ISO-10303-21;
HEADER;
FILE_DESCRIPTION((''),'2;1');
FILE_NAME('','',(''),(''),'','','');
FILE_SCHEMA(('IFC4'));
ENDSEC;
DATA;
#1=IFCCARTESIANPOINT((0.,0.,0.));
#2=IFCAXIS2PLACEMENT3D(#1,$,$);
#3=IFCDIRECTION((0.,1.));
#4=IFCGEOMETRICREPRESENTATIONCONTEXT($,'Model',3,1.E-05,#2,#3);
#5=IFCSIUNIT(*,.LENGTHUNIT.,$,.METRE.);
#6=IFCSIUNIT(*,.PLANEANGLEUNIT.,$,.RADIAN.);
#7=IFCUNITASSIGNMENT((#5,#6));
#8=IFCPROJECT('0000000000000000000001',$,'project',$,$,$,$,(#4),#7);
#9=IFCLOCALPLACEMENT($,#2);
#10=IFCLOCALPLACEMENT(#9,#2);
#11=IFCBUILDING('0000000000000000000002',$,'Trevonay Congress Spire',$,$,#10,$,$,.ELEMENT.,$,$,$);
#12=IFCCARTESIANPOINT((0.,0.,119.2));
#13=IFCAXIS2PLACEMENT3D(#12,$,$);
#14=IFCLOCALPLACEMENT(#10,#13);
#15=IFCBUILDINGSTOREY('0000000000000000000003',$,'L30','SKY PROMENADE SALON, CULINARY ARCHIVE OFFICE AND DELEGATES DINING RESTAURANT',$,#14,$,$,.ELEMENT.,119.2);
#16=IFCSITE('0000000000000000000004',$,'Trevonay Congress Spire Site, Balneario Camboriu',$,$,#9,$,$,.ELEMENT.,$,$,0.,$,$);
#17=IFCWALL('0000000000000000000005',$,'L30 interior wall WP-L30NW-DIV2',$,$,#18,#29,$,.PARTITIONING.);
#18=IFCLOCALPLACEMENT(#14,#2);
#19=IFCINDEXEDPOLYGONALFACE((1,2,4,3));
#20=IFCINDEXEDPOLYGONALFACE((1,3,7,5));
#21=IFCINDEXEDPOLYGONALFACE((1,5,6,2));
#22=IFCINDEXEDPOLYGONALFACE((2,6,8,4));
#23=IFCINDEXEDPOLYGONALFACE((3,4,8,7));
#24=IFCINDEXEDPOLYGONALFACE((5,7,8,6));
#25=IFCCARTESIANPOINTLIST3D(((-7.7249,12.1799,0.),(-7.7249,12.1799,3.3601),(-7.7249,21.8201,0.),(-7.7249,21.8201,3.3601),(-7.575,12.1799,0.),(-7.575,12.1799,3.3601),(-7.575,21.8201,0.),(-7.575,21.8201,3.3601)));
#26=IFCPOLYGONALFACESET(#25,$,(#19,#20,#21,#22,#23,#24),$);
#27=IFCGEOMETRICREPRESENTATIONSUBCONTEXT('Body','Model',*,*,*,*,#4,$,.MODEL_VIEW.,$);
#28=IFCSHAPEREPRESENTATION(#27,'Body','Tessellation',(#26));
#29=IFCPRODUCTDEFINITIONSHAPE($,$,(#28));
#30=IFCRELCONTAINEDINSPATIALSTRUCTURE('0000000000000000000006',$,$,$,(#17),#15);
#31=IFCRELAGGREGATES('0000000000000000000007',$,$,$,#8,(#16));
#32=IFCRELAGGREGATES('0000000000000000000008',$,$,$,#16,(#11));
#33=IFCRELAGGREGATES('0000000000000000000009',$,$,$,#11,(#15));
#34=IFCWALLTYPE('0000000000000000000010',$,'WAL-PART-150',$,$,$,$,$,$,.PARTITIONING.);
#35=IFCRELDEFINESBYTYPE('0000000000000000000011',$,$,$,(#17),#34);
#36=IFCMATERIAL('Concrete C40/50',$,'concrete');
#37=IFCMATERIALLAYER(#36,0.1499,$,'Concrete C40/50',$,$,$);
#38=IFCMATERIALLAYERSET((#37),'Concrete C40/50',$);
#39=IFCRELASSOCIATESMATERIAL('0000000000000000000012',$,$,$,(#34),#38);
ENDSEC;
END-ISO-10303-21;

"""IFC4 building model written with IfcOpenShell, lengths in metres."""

from ifc_helpers import new_model, si_unit, direction, frame, frame_2d, origin, place, context, subcontext, project, spatial, rectangle, extrude, material, layer, layer_set, type_object, element, save


model = new_model("IFC4")

# Units and contexts
model_context = context("Model", 3, precision=1e-05, world=origin(), true_north=direction((0.0, 1.0)))
body_context = subcontext(model_context, "Body", "Model", "MODEL_VIEW")
ifc_project = project(units=[si_unit("LENGTHUNIT", "METRE"), si_unit("PLANEANGLEUNIT", "RADIAN")], contexts=[model_context])

# Site, building, storey
site_placement = place(None, origin())
site = spatial("IfcSite", under=ifc_project, at=site_placement, Name="Trevonay Congress Spire Site, Balneario Camboriu", CompositionType="ELEMENT", RefElevation=0.0)
building_placement = place(site_placement, origin())
building = spatial("IfcBuilding", under=site, at=building_placement, Name="Trevonay Congress Spire", CompositionType="ELEMENT")
storey_placement = place(building_placement, frame((0.0, 0.0, 119.2)))
storey = spatial("IfcBuildingStorey", under=building, at=storey_placement, Name="L30", Description="SKY PROMENADE SALON, CULINARY ARCHIVE OFFICE AND DELEGATES DINING RESTAURANT", CompositionType="ELEMENT", Elevation=119.2)

# Shared definitions
ifc_material_1 = material(Name="Concrete C40/50", Category="concrete")

# Wall
ifc_layer_1 = layer(ifc_material_1, 0.1499, Name="Concrete C40/50")
ifc_layer_set_1 = layer_set([ifc_layer_1], Name="Concrete C40/50")
wall_type_1 = type_object("IfcWallType", Name="WAL-PART-150", PredefinedType="PARTITIONING", material=ifc_layer_set_1)
for number, where, z_axis, x_axis, name in (
    (1, (-7.6499, 12.1799, 0.0), (0.0, 0.0, 1.0), (0.0, 1.0, 0.0), "L30 interior wall WP-L30NW-DIV2"),
):
    element("IfcWall", number, at=place(storey_placement, frame(where, z_axis=z_axis, x_axis=x_axis)), inside=storey, type_object=wall_type_1, Name=name, PredefinedType="PARTITIONING", context=body_context, shape_type="SweptSolid", body=[
        extrude(rectangle(XDim=9.6401, YDim=0.1499, at=frame_2d((4.8201, 0.0))), origin(), (0.0, 0.0, 1.0), 3.3601),
    ])

save(model, "model.ifc")
